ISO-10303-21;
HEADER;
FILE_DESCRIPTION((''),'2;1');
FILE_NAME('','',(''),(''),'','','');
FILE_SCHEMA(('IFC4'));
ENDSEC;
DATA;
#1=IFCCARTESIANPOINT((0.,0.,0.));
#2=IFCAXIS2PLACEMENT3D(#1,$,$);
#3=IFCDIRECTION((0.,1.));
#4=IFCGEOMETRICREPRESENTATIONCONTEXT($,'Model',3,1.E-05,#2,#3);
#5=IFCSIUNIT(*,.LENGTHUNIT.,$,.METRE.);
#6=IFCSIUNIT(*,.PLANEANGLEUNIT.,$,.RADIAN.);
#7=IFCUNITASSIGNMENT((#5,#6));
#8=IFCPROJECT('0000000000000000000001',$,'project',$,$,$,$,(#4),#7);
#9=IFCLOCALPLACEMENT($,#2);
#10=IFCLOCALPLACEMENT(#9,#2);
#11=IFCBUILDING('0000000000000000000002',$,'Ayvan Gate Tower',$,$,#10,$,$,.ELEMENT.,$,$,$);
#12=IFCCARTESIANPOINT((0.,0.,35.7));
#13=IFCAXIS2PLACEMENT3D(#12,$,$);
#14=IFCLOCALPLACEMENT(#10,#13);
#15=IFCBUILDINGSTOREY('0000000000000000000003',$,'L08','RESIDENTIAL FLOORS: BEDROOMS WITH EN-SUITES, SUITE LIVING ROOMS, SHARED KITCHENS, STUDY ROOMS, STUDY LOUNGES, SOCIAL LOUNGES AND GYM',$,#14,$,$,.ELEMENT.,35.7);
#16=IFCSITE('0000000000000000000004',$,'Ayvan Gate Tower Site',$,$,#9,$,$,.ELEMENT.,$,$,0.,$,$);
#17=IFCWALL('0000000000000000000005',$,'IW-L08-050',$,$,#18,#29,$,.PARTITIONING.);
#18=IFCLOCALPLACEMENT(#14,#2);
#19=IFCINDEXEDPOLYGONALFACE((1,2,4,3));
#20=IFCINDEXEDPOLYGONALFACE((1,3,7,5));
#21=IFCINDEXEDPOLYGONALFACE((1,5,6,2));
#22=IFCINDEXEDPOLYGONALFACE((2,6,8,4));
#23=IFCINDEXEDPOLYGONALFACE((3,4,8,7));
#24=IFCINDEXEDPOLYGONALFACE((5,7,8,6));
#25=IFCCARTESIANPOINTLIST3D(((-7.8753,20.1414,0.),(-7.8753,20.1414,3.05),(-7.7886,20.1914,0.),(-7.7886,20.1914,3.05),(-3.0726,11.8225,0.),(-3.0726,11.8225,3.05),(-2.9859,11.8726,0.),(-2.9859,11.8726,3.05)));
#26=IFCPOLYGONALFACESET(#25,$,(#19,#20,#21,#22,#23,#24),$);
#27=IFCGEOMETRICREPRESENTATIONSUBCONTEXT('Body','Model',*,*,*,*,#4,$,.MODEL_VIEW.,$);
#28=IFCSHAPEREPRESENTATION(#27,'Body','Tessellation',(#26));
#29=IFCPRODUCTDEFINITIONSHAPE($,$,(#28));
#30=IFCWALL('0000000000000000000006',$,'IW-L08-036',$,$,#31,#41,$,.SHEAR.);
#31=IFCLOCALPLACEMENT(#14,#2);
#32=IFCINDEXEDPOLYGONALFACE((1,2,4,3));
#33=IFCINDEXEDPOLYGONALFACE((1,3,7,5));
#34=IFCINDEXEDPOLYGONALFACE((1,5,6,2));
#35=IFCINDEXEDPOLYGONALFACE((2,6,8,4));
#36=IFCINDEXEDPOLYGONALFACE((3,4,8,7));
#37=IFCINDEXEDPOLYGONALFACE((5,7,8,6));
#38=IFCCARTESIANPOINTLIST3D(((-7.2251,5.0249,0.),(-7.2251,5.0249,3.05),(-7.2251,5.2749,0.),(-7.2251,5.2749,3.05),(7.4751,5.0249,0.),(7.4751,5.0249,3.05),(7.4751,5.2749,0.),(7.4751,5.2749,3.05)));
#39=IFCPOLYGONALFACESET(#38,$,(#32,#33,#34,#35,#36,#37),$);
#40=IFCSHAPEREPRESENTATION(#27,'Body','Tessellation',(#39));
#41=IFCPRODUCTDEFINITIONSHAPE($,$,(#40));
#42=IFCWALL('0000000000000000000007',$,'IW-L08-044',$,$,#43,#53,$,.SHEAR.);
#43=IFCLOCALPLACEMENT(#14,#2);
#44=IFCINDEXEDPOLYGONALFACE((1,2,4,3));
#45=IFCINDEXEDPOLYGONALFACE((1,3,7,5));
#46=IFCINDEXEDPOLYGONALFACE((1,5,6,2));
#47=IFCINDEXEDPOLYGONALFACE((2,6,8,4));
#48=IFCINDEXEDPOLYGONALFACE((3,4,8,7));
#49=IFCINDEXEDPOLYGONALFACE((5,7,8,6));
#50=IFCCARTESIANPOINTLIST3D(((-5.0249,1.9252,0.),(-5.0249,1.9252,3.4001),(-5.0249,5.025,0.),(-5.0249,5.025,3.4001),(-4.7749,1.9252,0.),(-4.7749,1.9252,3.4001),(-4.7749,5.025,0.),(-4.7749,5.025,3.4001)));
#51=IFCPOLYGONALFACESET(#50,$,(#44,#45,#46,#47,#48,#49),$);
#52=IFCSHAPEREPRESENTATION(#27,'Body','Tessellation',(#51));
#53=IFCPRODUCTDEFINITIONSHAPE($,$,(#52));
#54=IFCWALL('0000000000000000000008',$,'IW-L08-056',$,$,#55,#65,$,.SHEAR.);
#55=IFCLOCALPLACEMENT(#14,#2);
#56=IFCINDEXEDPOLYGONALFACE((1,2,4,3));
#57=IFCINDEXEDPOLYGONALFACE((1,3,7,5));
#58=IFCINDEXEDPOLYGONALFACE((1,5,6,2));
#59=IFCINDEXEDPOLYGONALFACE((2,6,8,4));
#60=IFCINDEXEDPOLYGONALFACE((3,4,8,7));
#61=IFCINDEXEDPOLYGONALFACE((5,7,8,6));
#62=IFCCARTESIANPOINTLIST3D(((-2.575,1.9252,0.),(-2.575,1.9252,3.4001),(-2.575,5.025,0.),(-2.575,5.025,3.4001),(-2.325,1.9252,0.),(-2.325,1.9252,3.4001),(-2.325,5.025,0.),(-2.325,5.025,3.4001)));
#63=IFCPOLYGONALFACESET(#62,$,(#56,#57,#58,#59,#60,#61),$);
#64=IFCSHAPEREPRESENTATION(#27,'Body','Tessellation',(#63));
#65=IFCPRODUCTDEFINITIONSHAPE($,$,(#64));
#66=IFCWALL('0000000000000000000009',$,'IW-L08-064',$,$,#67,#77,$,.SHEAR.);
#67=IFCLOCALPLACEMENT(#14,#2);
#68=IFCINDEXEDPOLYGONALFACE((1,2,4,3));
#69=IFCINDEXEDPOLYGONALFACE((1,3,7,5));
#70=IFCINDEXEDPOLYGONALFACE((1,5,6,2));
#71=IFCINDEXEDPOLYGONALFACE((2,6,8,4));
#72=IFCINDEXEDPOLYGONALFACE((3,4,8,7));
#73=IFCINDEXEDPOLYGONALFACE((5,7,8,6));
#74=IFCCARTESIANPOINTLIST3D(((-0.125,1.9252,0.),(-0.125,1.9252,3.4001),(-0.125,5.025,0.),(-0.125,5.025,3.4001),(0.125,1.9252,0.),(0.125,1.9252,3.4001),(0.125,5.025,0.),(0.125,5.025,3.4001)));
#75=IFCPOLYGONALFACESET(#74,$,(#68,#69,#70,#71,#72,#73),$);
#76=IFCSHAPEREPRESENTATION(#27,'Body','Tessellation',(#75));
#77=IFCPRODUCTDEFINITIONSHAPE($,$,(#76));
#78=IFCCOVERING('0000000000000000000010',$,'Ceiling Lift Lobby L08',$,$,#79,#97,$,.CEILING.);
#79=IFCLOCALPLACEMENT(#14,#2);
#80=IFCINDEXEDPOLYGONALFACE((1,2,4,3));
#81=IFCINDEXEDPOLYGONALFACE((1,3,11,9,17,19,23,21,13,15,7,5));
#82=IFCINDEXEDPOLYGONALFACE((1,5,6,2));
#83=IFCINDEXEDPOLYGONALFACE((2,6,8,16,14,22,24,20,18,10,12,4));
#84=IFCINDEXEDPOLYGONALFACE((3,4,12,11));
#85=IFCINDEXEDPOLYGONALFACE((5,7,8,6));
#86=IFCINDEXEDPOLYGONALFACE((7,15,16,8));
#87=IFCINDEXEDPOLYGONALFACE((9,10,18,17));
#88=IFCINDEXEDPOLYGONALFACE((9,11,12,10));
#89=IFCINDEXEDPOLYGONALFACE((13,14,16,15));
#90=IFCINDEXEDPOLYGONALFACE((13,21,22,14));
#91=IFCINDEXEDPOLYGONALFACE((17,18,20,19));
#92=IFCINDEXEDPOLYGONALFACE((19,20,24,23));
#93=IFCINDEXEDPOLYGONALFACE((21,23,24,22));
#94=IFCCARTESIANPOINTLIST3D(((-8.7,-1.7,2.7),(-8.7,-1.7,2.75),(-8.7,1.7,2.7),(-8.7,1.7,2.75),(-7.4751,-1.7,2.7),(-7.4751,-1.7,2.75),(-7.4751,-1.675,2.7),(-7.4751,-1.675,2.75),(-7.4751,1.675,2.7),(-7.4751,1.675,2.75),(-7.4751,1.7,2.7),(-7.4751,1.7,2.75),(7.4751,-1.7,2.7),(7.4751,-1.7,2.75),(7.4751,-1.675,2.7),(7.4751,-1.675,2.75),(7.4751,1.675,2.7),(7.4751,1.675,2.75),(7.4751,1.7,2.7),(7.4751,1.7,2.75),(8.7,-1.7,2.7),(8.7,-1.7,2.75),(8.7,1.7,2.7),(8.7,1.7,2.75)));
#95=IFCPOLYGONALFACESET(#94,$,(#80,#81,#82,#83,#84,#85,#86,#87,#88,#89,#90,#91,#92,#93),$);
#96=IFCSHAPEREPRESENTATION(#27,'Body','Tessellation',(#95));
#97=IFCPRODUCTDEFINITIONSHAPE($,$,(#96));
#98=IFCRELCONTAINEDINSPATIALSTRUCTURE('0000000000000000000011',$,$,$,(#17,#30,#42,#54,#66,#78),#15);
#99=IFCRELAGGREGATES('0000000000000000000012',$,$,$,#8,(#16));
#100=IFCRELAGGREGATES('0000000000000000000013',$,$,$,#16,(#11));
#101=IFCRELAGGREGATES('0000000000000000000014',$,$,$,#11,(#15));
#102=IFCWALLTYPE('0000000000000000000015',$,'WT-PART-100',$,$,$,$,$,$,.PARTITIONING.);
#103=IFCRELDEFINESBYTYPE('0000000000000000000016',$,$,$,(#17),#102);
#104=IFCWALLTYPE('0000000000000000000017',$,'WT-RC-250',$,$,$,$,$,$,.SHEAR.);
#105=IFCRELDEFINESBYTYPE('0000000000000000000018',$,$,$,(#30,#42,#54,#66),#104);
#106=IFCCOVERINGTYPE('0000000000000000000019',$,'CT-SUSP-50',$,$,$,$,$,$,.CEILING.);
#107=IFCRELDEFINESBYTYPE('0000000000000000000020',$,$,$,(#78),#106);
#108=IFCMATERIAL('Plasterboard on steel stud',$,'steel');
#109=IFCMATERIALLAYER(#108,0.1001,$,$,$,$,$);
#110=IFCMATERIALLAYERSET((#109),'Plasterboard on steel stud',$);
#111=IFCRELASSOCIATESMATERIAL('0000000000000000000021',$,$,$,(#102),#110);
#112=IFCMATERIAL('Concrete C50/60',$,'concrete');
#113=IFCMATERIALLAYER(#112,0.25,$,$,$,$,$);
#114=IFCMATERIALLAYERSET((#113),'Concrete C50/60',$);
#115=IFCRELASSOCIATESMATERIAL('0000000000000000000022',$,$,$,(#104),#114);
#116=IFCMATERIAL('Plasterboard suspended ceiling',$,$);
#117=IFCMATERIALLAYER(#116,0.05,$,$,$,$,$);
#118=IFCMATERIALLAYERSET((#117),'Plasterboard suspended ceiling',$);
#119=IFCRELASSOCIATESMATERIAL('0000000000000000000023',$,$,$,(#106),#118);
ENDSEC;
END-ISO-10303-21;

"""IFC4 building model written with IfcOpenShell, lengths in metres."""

from ifc_helpers import new_model, si_unit, direction, frame, frame_2d, origin, place, context, subcontext, project, spatial, polyline, rectangle, outline, extrude, material, layer, layer_set, type_object, element, save


model = new_model("IFC4")

# Units and contexts
model_context = context("Model", 3, precision=1e-05, world=origin(), true_north=direction((0.0, 1.0)))
body_context = subcontext(model_context, "Body", "Model", "MODEL_VIEW")
ifc_project = project(units=[si_unit("LENGTHUNIT", "METRE"), si_unit("PLANEANGLEUNIT", "RADIAN")], contexts=[model_context])

# Site, building, storey
site_placement = place(None, origin())
site = spatial("IfcSite", under=ifc_project, at=site_placement, Name="Ayvan Gate Tower Site", CompositionType="ELEMENT", RefElevation=0.0)
building_placement = place(site_placement, origin())
building = spatial("IfcBuilding", under=site, at=building_placement, Name="Ayvan Gate Tower", CompositionType="ELEMENT")
storey_placement = place(building_placement, frame((0.0, 0.0, 35.7)))
storey = spatial("IfcBuildingStorey", under=building, at=storey_placement, Name="L08", Description="RESIDENTIAL FLOORS: BEDROOMS WITH EN-SUITES, SUITE LIVING ROOMS, SHARED KITCHENS, STUDY ROOMS, STUDY LOUNGES, SOCIAL LOUNGES AND GYM", CompositionType="ELEMENT", Elevation=35.7)

# Walls
ifc_material_1 = material(Name="Plasterboard on steel stud", Category="steel")
ifc_layer_1 = layer(ifc_material_1, 0.1001)
ifc_layer_set_1 = layer_set([ifc_layer_1], Name="Plasterboard on steel stud")
wall_type_1 = type_object("IfcWallType", Name="WT-PART-100", PredefinedType="PARTITIONING", material=ifc_layer_set_1)
wall_1_placement = place(storey_placement, frame((-3.0293, 11.8477, 0.0), z_axis=(0.0, 0.0, 1.0), x_axis=(-0.499988, 0.866032, 0.0)))
element("IfcWall", 1, at=wall_1_placement, inside=storey, type_object=wall_type_1, Name="IW-L08-050", PredefinedType="PARTITIONING", context=body_context, shape_type="SweptSolid", body=[
    extrude(rectangle(XDim=9.6057, YDim=0.1001, at=frame_2d((4.8027, 0.0))), origin(), (0.0, 0.0, 1.0), 3.05),
])
ifc_material_2 = material(Name="Concrete C50/60", Category="concrete")
ifc_layer_2 = layer(ifc_material_2, 0.25)
ifc_layer_set_2 = layer_set([ifc_layer_2], Name="Concrete C50/60")
wall_type_2 = type_object("IfcWallType", Name="WT-RC-250", PredefinedType="SHEAR", material=ifc_layer_set_2)
wall_2_placement = place(storey_placement, frame((-7.2251, 5.1499, 0.0), z_axis=(0.0, 0.0, 1.0), x_axis=(1.0, 0.0, 0.0)))
element("IfcWall", 2, at=wall_2_placement, inside=storey, type_object=wall_type_2, Name="IW-L08-036", PredefinedType="SHEAR", context=body_context, shape_type="SweptSolid", body=[
    extrude(rectangle(XDim=14.7002, YDim=0.25, at=frame_2d((7.3501, 0.0))), origin(), (0.0, 0.0, 1.0), 3.05),
])
for number, where, z_axis, x_axis, name in (
    (3, (-4.8999, 5.0249, 0.0), (0.0, 0.0, 1.0), (0.0, -1.0, 0.0), "IW-L08-044"),
    (4, (-2.45, 5.0249, 0.0), (0.0, 0.0, 1.0), (0.0, -1.0, 0.0), "IW-L08-056"),
    (5, (0.0, 5.0249, 0.0), (0.0, 0.0, 1.0), (0.0, -1.0, 0.0), "IW-L08-064"),
):
    element("IfcWall", number, at=place(storey_placement, frame(where, z_axis=z_axis, x_axis=x_axis)), inside=storey, type_object=wall_type_2, Name=name, PredefinedType="SHEAR", context=body_context, shape_type="SweptSolid", body=[
        extrude(rectangle(XDim=3.0999, YDim=0.25, at=frame_2d((1.5498, 0.0))), origin(), (0.0, 0.0, 1.0), 3.4001),
    ])

# Covering
ifc_material_3 = material(Name="Plasterboard suspended ceiling")
ifc_layer_3 = layer(ifc_material_3, 0.05)
ifc_layer_set_3 = layer_set([ifc_layer_3], Name="Plasterboard suspended ceiling")
covering_type = type_object("IfcCoveringType", Name="CT-SUSP-50", PredefinedType="CEILING", material=ifc_layer_set_3)
covering_1_placement = place(storey_placement, frame((0.0, 0.0, 2.7)))
element("IfcCovering", 6, at=covering_1_placement, inside=storey, type_object=covering_type, Name="Ceiling Lift Lobby L08", PredefinedType="CEILING", context=body_context, shape_type="SweptSolid", body=[
    extrude(outline(polyline([(7.4751, -1.675), (-7.4751, -1.675), (-7.4751, -1.7), (-8.7, -1.7), (-8.7, 1.7), (-7.4751, 1.7), (-7.4751, 1.675), (7.4751, 1.675), (7.4751, 1.7), (8.7, 1.7), (8.7, -1.7), (7.4751, -1.7), (7.4751, -1.675)])), origin(), (0.0, 0.0, 1.0), 0.05),
])

save(model, "model.ifc")
